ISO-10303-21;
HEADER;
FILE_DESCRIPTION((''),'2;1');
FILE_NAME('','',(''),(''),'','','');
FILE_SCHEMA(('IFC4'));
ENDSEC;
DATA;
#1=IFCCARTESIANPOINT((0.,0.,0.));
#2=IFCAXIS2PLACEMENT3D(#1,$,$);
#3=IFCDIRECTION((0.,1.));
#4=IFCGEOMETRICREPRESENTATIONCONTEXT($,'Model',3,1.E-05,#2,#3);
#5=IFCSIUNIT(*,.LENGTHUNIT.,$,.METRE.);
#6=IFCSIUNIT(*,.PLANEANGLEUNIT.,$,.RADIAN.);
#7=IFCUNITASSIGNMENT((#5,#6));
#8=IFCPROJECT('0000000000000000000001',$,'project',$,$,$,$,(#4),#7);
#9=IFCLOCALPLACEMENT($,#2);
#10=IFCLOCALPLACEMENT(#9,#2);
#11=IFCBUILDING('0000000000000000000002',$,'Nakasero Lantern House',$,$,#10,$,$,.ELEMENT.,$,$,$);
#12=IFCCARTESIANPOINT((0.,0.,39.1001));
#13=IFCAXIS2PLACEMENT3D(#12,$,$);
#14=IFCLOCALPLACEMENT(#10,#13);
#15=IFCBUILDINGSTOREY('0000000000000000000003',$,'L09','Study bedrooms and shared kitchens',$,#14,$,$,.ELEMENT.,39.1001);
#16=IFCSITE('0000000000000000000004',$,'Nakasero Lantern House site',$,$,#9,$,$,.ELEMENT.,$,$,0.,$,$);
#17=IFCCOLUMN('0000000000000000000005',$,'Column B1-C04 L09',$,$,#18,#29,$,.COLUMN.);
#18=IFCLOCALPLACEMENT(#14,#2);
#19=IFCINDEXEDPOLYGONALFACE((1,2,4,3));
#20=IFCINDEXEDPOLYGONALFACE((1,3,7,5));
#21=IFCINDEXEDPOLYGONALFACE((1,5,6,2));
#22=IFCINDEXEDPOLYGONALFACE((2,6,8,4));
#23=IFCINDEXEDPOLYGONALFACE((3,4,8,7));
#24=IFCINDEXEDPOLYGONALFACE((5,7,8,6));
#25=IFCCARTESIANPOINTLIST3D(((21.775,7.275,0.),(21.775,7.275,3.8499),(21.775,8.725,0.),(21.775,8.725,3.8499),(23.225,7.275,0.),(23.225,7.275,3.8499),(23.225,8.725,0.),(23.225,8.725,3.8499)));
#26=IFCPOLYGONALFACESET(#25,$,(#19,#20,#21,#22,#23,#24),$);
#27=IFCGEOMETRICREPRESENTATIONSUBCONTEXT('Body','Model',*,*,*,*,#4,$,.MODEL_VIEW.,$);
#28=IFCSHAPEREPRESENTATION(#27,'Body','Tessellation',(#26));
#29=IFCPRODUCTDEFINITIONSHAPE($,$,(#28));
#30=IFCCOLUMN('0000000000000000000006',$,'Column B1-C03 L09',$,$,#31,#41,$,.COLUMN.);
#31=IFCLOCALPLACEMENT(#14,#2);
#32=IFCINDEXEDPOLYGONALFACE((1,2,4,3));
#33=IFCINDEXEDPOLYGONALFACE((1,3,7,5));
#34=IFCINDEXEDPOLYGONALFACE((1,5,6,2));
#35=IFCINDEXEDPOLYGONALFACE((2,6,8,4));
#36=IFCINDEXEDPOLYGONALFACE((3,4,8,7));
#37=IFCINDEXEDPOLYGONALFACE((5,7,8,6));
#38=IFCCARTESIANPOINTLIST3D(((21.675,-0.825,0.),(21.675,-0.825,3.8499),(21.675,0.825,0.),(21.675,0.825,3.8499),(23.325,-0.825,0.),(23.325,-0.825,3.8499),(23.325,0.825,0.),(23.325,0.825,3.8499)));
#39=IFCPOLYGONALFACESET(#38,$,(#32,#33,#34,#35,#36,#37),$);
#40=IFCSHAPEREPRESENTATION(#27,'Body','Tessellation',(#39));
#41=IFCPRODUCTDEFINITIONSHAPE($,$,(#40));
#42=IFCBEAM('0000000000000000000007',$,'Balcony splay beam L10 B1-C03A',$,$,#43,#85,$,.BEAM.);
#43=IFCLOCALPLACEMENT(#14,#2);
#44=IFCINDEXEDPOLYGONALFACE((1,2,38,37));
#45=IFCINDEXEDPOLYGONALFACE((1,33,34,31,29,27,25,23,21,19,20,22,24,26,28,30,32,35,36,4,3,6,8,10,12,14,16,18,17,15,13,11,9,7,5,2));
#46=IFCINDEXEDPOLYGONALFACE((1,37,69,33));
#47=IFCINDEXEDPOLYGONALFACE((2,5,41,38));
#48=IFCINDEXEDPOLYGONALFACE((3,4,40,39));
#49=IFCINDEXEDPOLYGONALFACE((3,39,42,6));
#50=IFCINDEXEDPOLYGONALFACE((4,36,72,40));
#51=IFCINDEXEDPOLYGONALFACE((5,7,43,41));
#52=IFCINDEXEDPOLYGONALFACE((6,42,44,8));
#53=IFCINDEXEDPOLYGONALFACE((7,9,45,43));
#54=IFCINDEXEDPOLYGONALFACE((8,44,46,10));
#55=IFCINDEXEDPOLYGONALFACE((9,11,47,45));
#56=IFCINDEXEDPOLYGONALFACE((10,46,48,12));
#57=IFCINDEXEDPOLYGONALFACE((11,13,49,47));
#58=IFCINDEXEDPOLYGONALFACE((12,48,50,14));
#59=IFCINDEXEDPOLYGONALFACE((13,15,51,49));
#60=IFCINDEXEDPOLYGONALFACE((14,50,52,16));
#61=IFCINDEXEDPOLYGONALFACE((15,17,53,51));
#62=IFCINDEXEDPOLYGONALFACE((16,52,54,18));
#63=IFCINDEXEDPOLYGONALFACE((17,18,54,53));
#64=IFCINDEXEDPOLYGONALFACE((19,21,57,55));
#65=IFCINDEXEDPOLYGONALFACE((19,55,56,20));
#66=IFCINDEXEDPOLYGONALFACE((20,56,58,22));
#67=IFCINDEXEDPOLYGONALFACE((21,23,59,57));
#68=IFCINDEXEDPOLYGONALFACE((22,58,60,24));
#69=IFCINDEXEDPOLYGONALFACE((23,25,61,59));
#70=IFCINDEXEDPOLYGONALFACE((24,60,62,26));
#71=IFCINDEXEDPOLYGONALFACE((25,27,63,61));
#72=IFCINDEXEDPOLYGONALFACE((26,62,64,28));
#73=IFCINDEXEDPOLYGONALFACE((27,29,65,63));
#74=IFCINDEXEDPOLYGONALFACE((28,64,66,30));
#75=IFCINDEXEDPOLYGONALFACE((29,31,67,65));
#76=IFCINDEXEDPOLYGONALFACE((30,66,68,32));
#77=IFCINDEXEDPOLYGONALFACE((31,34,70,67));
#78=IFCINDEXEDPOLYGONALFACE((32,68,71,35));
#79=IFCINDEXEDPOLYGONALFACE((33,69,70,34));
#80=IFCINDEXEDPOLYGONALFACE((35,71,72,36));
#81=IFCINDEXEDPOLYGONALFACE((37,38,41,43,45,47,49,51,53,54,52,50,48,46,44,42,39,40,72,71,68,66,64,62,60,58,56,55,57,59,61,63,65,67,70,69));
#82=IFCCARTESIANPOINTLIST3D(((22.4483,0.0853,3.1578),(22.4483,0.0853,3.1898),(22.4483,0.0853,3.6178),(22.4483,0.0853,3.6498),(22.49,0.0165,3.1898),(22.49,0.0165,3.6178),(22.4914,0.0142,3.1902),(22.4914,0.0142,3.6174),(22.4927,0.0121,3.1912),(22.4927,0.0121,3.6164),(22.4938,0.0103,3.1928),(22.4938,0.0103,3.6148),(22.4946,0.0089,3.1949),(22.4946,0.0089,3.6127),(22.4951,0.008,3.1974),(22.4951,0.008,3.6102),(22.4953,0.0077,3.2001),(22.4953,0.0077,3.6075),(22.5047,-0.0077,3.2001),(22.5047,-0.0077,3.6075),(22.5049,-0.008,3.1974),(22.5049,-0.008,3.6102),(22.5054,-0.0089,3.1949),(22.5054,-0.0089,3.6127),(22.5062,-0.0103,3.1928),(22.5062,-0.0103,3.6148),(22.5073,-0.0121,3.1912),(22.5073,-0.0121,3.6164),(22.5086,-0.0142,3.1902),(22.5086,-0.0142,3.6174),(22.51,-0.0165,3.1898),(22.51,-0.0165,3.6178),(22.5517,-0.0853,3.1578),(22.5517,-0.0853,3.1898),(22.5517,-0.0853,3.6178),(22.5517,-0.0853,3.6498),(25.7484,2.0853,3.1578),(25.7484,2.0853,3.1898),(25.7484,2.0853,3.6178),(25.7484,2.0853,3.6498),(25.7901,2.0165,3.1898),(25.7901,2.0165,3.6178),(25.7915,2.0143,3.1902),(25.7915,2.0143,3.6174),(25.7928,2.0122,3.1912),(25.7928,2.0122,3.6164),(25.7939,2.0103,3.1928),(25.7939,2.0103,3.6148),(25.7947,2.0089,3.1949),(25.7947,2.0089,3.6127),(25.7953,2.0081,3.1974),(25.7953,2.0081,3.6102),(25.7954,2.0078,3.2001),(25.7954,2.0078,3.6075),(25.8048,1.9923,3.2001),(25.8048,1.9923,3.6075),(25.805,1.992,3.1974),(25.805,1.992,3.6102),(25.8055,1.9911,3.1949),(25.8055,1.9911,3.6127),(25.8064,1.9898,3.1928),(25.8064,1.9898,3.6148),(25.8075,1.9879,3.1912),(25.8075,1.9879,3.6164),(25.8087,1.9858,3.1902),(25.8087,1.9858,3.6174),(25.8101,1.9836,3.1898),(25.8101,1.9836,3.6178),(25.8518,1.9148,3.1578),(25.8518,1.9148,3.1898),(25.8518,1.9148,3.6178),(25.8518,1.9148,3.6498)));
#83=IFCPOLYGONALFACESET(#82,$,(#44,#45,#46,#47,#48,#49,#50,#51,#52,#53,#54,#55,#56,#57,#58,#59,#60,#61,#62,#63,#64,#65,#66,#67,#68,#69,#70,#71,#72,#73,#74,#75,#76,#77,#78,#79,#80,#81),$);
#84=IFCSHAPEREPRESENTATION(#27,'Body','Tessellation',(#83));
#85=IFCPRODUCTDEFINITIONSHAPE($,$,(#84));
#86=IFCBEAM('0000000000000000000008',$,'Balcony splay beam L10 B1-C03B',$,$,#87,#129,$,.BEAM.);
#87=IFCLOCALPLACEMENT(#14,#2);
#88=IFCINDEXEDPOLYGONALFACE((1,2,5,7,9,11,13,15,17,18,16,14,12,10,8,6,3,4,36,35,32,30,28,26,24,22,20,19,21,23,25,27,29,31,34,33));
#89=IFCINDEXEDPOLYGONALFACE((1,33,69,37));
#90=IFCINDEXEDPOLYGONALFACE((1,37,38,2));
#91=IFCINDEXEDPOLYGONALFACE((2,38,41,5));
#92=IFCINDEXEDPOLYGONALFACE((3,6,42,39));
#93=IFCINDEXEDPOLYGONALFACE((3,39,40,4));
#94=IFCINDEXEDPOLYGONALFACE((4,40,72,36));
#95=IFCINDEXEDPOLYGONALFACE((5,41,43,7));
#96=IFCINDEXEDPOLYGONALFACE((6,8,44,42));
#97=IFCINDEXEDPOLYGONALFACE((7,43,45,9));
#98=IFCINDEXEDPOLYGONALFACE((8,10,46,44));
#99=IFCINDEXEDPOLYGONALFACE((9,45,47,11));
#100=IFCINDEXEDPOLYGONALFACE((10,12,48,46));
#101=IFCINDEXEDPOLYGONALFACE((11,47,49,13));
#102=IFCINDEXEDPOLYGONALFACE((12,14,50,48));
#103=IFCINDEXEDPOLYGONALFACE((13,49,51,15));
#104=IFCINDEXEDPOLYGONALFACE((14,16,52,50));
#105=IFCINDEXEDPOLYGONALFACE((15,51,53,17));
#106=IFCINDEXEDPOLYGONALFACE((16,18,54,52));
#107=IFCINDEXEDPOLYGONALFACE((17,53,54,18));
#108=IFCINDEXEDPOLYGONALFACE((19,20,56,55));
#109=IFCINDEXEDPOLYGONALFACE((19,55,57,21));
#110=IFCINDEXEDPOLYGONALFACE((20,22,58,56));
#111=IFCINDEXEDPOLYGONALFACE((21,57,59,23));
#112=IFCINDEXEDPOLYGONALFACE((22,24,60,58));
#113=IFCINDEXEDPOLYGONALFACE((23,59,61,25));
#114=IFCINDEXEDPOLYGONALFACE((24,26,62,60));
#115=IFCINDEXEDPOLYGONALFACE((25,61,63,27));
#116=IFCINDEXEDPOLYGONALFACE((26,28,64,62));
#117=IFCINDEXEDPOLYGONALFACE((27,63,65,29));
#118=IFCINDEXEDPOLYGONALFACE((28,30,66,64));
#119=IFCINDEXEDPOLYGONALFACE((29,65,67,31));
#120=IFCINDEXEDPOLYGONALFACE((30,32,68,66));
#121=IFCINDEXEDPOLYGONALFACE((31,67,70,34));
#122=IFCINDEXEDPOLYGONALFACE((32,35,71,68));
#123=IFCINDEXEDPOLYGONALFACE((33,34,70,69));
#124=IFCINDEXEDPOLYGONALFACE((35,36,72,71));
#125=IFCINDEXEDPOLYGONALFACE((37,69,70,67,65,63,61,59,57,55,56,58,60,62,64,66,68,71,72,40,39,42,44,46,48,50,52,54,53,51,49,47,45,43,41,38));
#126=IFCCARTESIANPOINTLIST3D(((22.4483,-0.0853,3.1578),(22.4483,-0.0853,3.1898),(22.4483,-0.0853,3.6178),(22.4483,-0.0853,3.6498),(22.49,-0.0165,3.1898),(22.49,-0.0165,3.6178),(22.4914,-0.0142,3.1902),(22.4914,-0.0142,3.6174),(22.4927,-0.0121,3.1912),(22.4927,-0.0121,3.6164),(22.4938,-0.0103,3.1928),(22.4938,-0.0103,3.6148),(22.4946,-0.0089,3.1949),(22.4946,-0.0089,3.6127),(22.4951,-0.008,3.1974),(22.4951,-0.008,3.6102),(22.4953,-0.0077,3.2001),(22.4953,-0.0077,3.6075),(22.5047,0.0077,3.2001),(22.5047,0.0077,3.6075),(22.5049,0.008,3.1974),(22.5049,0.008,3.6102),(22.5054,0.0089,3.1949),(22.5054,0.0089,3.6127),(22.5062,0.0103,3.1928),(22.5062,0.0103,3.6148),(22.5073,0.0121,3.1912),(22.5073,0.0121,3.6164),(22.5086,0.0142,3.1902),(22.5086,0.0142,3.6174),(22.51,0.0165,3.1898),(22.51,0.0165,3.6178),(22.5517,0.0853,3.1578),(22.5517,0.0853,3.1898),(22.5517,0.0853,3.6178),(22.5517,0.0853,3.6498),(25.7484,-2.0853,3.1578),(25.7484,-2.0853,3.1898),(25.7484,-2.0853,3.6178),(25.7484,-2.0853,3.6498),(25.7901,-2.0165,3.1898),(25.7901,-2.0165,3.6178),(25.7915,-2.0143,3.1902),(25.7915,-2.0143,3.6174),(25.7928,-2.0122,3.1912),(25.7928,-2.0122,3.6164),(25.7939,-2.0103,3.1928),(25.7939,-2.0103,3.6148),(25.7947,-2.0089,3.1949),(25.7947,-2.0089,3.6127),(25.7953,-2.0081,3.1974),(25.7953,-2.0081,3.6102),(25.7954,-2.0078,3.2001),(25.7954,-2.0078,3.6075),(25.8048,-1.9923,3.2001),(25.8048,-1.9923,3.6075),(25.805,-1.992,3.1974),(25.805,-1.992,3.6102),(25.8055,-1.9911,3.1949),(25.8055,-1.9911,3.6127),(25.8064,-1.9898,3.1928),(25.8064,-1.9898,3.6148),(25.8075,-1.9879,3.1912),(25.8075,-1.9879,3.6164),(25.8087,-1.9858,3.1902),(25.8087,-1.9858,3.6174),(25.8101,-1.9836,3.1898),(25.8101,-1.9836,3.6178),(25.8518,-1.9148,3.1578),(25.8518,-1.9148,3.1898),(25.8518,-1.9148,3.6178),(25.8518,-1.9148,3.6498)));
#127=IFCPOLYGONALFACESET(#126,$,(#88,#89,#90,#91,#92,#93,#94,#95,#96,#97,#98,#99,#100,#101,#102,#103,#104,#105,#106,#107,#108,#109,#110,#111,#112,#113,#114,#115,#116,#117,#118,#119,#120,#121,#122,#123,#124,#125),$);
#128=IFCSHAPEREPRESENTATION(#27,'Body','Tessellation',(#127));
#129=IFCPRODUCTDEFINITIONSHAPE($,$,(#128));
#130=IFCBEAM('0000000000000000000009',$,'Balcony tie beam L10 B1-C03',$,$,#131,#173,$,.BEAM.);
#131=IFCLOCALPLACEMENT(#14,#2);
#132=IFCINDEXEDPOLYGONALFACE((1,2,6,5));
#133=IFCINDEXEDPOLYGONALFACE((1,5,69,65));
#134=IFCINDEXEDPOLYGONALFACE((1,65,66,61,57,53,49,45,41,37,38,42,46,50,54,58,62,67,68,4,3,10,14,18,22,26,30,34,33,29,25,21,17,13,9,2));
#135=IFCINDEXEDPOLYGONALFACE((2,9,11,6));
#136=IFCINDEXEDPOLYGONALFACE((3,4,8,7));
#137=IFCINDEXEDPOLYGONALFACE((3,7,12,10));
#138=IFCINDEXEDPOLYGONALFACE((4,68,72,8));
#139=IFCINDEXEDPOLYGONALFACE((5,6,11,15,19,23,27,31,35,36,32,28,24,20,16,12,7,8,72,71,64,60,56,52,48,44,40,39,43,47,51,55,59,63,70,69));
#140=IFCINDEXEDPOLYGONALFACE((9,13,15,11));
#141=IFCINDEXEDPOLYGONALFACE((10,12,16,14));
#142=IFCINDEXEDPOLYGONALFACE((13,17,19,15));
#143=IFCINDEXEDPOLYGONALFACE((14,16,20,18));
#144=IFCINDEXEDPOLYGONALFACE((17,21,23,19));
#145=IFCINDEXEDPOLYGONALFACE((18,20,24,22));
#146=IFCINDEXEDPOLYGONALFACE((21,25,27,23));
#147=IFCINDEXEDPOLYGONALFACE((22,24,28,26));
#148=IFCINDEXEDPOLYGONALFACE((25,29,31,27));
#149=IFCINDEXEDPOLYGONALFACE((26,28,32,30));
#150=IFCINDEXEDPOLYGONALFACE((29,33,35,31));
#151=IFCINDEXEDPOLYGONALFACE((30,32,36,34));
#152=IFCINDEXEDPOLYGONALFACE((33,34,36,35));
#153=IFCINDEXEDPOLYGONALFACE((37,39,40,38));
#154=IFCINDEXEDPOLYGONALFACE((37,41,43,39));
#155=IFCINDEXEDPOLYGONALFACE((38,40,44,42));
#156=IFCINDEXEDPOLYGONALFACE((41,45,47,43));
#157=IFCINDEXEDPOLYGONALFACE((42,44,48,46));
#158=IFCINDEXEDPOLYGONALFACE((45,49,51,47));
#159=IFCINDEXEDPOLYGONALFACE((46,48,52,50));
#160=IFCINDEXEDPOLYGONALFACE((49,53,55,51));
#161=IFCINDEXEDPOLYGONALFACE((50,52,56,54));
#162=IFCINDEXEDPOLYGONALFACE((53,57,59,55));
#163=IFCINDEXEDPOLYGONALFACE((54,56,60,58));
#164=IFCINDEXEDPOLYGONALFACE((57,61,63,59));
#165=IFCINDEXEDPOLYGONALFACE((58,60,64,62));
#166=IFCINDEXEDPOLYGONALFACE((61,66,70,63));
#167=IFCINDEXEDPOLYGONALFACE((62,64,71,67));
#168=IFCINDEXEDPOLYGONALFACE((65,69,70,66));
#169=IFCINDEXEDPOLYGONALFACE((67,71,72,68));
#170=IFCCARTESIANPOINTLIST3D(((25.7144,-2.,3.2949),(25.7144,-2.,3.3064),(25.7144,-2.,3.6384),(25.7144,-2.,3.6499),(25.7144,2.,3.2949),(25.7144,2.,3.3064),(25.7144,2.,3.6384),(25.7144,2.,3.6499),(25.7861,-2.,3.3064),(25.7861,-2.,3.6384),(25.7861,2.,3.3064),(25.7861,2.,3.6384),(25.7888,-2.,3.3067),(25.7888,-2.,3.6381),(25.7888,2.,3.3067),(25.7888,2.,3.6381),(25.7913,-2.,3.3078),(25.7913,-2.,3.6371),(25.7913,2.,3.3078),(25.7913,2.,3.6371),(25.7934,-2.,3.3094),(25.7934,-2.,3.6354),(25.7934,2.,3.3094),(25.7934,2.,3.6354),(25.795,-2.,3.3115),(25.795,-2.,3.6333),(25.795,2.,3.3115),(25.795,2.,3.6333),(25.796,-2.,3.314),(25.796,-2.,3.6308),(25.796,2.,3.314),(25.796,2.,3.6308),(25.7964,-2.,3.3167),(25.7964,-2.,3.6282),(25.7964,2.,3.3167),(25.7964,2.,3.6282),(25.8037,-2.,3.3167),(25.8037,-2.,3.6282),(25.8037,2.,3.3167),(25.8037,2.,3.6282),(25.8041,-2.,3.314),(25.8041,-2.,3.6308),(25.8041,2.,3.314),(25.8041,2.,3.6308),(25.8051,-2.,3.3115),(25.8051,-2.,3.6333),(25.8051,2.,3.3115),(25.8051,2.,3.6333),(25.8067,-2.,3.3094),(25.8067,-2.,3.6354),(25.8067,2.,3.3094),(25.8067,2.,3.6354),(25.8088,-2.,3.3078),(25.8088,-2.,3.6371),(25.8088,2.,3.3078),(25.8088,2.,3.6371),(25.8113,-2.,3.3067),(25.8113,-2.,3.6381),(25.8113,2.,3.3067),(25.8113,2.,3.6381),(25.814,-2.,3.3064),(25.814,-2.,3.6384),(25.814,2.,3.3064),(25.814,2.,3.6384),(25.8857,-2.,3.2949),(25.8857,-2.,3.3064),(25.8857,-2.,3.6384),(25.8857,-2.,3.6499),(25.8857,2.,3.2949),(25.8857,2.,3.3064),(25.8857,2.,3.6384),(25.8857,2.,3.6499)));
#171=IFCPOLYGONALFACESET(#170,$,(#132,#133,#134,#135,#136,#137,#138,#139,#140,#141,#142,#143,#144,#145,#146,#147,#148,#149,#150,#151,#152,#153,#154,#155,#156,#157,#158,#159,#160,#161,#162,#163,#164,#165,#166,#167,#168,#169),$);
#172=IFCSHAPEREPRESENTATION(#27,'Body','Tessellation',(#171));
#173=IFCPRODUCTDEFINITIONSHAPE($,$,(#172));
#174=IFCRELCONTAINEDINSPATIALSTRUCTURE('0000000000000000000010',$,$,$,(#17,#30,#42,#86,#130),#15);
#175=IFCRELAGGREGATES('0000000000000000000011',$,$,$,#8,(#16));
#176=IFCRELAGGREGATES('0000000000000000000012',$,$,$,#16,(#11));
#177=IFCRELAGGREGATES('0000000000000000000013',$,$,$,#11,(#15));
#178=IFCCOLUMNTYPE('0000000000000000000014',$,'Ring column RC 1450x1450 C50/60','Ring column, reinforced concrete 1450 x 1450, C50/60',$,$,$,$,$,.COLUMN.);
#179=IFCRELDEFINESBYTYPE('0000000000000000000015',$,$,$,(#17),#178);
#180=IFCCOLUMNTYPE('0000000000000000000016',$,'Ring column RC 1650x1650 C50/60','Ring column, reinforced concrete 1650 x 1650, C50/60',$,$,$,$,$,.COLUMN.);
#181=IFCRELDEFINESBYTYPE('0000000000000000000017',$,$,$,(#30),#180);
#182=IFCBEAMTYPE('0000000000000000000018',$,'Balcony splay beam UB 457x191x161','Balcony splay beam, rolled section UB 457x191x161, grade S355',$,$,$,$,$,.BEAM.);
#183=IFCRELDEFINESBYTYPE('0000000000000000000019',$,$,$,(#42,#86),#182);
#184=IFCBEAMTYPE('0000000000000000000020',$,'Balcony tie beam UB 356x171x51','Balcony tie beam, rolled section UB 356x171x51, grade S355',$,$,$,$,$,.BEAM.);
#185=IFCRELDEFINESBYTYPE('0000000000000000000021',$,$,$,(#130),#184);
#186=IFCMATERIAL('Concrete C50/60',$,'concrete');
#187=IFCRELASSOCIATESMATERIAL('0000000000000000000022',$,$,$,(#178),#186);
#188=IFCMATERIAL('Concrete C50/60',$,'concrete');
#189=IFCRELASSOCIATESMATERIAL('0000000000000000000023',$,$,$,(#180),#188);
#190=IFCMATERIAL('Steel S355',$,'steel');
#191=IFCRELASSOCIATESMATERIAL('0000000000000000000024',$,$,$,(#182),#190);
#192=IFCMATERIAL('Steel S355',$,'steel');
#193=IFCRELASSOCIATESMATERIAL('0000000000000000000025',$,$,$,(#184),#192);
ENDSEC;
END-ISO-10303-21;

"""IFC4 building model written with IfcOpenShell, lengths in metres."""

from ifc_helpers import new_model, si_unit, direction, frame, origin, origin_2d, place, context, subcontext, project, spatial, rectangle, i_section, extrude, material, material_profile, profile_set, type_object, element, save


model = new_model("IFC4")

# Units and contexts
model_context = context("Model", 3, precision=1e-05, world=origin(), true_north=direction((0.0, 1.0)))
body_context = subcontext(model_context, "Body", "Model", "MODEL_VIEW")
ifc_project = project(units=[si_unit("LENGTHUNIT", "METRE"), si_unit("PLANEANGLEUNIT", "RADIAN")], contexts=[model_context])

# Site, building, storey
site_placement = place(None, origin())
site = spatial("IfcSite", under=ifc_project, at=site_placement, Name="Nakasero Lantern House site", CompositionType="ELEMENT", RefElevation=0.0)
building_placement = place(site_placement, origin())
building = spatial("IfcBuilding", under=site, at=building_placement, Name="Nakasero Lantern House", CompositionType="ELEMENT")
storey_placement = place(building_placement, frame((0.0, 0.0, 39.1001)))
storey = spatial("IfcBuildingStorey", under=building, at=storey_placement, Name="L09", Description="Study bedrooms and shared kitchens", CompositionType="ELEMENT", Elevation=39.1001)

# Columns
ifc_material_1 = material(Name="Concrete C50/60", Category="concrete")
ifc_material_profile_1 = material_profile(ifc_material_1, rectangle(XDim=1.45, YDim=1.45, at=origin_2d()), Name="RC 1450x1450")
ifc_profile_set_1 = profile_set([ifc_material_profile_1], Name="Concrete C50/60")
column_type_1 = type_object("IfcColumnType", Name="Ring column RC 1450x1450 C50/60", Description="Ring column, reinforced concrete 1450 x 1450, C50/60", PredefinedType="COLUMN", material=ifc_profile_set_1)
column_1_placement = place(storey_placement, frame((22.5, 8.0, 0.0), z_axis=(0.0, 0.0, 1.0), x_axis=(1.0, 0.0, 0.0)))
element("IfcColumn", 1, at=column_1_placement, inside=storey, type_object=column_type_1, Name="Column B1-C04 L09", PredefinedType="COLUMN", context=body_context, shape_type="SweptSolid", body=[
    extrude(rectangle(XDim=1.45, YDim=1.45, at=origin_2d()), origin(), (0.0, 0.0, 1.0), 3.8499),
])
ifc_material_2 = material(Name="Concrete C50/60", Category="concrete")
ifc_material_profile_2 = material_profile(ifc_material_2, rectangle(XDim=1.6499, YDim=1.6499, at=origin_2d()), Name="RC 1650x1650")
ifc_profile_set_2 = profile_set([ifc_material_profile_2], Name="Concrete C50/60")
column_type_2 = type_object("IfcColumnType", Name="Ring column RC 1650x1650 C50/60", Description="Ring column, reinforced concrete 1650 x 1650, C50/60", PredefinedType="COLUMN", material=ifc_profile_set_2)
column_2_placement = place(storey_placement, frame((22.5, 0.0, 0.0), z_axis=(0.0, 0.0, 1.0), x_axis=(1.0, 0.0, 0.0)))
element("IfcColumn", 2, at=column_2_placement, inside=storey, type_object=column_type_2, Name="Column B1-C03 L09", PredefinedType="COLUMN", context=body_context, shape_type="SweptSolid", body=[
    extrude(rectangle(XDim=1.6499, YDim=1.6499, at=origin_2d()), origin(), (0.0, 0.0, 1.0), 3.8499),
])

# Beams
ifc_material_3 = material(Name="Steel S355", Category="steel")
ifc_material_profile_3 = material_profile(ifc_material_3, i_section(OverallWidth=0.1995, OverallDepth=0.4919, WebThickness=0.0181, FlangeThickness=0.032, FilletRadius=0.0103, at=origin_2d()), Name="UB 457x191x161")
ifc_profile_set_3 = profile_set([ifc_material_profile_3], Name="Steel S355")
beam_type_1 = type_object("IfcBeamType", Name="Balcony splay beam UB 457x191x161", Description="Balcony splay beam, rolled section UB 457x191x161, grade S355", PredefinedType="BEAM", material=ifc_profile_set_3)
for number, where, z_axis, x_axis, name in (
    (3, (22.5, 0.0, 3.4038), (0.855201, 0.518296, 0.0), (-0.518296, 0.855201, 0.0), "Balcony splay beam L10 B1-C03A"),
    (4, (22.5, 0.0, 3.4038), (0.855201, -0.518296, 0.0), (0.518296, 0.855201, 0.0), "Balcony splay beam L10 B1-C03B"),
):
    element("IfcBeam", number, at=place(storey_placement, frame(where, z_axis=z_axis, x_axis=x_axis)), inside=storey, type_object=beam_type_1, Name=name, PredefinedType="BEAM", context=body_context, shape_type="SweptSolid", body=[
        extrude(i_section(OverallWidth=0.1995, OverallDepth=0.4919, WebThickness=0.0181, FlangeThickness=0.032, FilletRadius=0.0103, at=origin_2d()), origin(), (0.0, 0.0, 1.0), 3.8589),
    ])
ifc_material_4 = material(Name="Steel S355", Category="steel")
ifc_material_profile_4 = material_profile(ifc_material_4, i_section(OverallWidth=0.1714, OverallDepth=0.355, WebThickness=0.0073, FlangeThickness=0.0115, FilletRadius=0.0103, at=origin_2d()), Name="UB 356x171x51")
ifc_profile_set_4 = profile_set([ifc_material_profile_4], Name="Steel S355")
beam_type_2 = type_object("IfcBeamType", Name="Balcony tie beam UB 356x171x51", Description="Balcony tie beam, rolled section UB 356x171x51, grade S355", PredefinedType="BEAM", material=ifc_profile_set_4)
beam_1_placement = place(storey_placement, frame((25.8, 2.0, 3.4724), z_axis=(0.0, -1.0, 0.0), x_axis=(1.0, 0.0, 0.0)))
element("IfcBeam", 5, at=beam_1_placement, inside=storey, type_object=beam_type_2, Name="Balcony tie beam L10 B1-C03", PredefinedType="BEAM", context=body_context, shape_type="SweptSolid", body=[
    extrude(i_section(OverallWidth=0.1714, OverallDepth=0.355, WebThickness=0.0073, FlangeThickness=0.0115, FilletRadius=0.0103, at=origin_2d()), origin(), (0.0, 0.0, 1.0), 4.0),
])

save(model, "model.ifc")
